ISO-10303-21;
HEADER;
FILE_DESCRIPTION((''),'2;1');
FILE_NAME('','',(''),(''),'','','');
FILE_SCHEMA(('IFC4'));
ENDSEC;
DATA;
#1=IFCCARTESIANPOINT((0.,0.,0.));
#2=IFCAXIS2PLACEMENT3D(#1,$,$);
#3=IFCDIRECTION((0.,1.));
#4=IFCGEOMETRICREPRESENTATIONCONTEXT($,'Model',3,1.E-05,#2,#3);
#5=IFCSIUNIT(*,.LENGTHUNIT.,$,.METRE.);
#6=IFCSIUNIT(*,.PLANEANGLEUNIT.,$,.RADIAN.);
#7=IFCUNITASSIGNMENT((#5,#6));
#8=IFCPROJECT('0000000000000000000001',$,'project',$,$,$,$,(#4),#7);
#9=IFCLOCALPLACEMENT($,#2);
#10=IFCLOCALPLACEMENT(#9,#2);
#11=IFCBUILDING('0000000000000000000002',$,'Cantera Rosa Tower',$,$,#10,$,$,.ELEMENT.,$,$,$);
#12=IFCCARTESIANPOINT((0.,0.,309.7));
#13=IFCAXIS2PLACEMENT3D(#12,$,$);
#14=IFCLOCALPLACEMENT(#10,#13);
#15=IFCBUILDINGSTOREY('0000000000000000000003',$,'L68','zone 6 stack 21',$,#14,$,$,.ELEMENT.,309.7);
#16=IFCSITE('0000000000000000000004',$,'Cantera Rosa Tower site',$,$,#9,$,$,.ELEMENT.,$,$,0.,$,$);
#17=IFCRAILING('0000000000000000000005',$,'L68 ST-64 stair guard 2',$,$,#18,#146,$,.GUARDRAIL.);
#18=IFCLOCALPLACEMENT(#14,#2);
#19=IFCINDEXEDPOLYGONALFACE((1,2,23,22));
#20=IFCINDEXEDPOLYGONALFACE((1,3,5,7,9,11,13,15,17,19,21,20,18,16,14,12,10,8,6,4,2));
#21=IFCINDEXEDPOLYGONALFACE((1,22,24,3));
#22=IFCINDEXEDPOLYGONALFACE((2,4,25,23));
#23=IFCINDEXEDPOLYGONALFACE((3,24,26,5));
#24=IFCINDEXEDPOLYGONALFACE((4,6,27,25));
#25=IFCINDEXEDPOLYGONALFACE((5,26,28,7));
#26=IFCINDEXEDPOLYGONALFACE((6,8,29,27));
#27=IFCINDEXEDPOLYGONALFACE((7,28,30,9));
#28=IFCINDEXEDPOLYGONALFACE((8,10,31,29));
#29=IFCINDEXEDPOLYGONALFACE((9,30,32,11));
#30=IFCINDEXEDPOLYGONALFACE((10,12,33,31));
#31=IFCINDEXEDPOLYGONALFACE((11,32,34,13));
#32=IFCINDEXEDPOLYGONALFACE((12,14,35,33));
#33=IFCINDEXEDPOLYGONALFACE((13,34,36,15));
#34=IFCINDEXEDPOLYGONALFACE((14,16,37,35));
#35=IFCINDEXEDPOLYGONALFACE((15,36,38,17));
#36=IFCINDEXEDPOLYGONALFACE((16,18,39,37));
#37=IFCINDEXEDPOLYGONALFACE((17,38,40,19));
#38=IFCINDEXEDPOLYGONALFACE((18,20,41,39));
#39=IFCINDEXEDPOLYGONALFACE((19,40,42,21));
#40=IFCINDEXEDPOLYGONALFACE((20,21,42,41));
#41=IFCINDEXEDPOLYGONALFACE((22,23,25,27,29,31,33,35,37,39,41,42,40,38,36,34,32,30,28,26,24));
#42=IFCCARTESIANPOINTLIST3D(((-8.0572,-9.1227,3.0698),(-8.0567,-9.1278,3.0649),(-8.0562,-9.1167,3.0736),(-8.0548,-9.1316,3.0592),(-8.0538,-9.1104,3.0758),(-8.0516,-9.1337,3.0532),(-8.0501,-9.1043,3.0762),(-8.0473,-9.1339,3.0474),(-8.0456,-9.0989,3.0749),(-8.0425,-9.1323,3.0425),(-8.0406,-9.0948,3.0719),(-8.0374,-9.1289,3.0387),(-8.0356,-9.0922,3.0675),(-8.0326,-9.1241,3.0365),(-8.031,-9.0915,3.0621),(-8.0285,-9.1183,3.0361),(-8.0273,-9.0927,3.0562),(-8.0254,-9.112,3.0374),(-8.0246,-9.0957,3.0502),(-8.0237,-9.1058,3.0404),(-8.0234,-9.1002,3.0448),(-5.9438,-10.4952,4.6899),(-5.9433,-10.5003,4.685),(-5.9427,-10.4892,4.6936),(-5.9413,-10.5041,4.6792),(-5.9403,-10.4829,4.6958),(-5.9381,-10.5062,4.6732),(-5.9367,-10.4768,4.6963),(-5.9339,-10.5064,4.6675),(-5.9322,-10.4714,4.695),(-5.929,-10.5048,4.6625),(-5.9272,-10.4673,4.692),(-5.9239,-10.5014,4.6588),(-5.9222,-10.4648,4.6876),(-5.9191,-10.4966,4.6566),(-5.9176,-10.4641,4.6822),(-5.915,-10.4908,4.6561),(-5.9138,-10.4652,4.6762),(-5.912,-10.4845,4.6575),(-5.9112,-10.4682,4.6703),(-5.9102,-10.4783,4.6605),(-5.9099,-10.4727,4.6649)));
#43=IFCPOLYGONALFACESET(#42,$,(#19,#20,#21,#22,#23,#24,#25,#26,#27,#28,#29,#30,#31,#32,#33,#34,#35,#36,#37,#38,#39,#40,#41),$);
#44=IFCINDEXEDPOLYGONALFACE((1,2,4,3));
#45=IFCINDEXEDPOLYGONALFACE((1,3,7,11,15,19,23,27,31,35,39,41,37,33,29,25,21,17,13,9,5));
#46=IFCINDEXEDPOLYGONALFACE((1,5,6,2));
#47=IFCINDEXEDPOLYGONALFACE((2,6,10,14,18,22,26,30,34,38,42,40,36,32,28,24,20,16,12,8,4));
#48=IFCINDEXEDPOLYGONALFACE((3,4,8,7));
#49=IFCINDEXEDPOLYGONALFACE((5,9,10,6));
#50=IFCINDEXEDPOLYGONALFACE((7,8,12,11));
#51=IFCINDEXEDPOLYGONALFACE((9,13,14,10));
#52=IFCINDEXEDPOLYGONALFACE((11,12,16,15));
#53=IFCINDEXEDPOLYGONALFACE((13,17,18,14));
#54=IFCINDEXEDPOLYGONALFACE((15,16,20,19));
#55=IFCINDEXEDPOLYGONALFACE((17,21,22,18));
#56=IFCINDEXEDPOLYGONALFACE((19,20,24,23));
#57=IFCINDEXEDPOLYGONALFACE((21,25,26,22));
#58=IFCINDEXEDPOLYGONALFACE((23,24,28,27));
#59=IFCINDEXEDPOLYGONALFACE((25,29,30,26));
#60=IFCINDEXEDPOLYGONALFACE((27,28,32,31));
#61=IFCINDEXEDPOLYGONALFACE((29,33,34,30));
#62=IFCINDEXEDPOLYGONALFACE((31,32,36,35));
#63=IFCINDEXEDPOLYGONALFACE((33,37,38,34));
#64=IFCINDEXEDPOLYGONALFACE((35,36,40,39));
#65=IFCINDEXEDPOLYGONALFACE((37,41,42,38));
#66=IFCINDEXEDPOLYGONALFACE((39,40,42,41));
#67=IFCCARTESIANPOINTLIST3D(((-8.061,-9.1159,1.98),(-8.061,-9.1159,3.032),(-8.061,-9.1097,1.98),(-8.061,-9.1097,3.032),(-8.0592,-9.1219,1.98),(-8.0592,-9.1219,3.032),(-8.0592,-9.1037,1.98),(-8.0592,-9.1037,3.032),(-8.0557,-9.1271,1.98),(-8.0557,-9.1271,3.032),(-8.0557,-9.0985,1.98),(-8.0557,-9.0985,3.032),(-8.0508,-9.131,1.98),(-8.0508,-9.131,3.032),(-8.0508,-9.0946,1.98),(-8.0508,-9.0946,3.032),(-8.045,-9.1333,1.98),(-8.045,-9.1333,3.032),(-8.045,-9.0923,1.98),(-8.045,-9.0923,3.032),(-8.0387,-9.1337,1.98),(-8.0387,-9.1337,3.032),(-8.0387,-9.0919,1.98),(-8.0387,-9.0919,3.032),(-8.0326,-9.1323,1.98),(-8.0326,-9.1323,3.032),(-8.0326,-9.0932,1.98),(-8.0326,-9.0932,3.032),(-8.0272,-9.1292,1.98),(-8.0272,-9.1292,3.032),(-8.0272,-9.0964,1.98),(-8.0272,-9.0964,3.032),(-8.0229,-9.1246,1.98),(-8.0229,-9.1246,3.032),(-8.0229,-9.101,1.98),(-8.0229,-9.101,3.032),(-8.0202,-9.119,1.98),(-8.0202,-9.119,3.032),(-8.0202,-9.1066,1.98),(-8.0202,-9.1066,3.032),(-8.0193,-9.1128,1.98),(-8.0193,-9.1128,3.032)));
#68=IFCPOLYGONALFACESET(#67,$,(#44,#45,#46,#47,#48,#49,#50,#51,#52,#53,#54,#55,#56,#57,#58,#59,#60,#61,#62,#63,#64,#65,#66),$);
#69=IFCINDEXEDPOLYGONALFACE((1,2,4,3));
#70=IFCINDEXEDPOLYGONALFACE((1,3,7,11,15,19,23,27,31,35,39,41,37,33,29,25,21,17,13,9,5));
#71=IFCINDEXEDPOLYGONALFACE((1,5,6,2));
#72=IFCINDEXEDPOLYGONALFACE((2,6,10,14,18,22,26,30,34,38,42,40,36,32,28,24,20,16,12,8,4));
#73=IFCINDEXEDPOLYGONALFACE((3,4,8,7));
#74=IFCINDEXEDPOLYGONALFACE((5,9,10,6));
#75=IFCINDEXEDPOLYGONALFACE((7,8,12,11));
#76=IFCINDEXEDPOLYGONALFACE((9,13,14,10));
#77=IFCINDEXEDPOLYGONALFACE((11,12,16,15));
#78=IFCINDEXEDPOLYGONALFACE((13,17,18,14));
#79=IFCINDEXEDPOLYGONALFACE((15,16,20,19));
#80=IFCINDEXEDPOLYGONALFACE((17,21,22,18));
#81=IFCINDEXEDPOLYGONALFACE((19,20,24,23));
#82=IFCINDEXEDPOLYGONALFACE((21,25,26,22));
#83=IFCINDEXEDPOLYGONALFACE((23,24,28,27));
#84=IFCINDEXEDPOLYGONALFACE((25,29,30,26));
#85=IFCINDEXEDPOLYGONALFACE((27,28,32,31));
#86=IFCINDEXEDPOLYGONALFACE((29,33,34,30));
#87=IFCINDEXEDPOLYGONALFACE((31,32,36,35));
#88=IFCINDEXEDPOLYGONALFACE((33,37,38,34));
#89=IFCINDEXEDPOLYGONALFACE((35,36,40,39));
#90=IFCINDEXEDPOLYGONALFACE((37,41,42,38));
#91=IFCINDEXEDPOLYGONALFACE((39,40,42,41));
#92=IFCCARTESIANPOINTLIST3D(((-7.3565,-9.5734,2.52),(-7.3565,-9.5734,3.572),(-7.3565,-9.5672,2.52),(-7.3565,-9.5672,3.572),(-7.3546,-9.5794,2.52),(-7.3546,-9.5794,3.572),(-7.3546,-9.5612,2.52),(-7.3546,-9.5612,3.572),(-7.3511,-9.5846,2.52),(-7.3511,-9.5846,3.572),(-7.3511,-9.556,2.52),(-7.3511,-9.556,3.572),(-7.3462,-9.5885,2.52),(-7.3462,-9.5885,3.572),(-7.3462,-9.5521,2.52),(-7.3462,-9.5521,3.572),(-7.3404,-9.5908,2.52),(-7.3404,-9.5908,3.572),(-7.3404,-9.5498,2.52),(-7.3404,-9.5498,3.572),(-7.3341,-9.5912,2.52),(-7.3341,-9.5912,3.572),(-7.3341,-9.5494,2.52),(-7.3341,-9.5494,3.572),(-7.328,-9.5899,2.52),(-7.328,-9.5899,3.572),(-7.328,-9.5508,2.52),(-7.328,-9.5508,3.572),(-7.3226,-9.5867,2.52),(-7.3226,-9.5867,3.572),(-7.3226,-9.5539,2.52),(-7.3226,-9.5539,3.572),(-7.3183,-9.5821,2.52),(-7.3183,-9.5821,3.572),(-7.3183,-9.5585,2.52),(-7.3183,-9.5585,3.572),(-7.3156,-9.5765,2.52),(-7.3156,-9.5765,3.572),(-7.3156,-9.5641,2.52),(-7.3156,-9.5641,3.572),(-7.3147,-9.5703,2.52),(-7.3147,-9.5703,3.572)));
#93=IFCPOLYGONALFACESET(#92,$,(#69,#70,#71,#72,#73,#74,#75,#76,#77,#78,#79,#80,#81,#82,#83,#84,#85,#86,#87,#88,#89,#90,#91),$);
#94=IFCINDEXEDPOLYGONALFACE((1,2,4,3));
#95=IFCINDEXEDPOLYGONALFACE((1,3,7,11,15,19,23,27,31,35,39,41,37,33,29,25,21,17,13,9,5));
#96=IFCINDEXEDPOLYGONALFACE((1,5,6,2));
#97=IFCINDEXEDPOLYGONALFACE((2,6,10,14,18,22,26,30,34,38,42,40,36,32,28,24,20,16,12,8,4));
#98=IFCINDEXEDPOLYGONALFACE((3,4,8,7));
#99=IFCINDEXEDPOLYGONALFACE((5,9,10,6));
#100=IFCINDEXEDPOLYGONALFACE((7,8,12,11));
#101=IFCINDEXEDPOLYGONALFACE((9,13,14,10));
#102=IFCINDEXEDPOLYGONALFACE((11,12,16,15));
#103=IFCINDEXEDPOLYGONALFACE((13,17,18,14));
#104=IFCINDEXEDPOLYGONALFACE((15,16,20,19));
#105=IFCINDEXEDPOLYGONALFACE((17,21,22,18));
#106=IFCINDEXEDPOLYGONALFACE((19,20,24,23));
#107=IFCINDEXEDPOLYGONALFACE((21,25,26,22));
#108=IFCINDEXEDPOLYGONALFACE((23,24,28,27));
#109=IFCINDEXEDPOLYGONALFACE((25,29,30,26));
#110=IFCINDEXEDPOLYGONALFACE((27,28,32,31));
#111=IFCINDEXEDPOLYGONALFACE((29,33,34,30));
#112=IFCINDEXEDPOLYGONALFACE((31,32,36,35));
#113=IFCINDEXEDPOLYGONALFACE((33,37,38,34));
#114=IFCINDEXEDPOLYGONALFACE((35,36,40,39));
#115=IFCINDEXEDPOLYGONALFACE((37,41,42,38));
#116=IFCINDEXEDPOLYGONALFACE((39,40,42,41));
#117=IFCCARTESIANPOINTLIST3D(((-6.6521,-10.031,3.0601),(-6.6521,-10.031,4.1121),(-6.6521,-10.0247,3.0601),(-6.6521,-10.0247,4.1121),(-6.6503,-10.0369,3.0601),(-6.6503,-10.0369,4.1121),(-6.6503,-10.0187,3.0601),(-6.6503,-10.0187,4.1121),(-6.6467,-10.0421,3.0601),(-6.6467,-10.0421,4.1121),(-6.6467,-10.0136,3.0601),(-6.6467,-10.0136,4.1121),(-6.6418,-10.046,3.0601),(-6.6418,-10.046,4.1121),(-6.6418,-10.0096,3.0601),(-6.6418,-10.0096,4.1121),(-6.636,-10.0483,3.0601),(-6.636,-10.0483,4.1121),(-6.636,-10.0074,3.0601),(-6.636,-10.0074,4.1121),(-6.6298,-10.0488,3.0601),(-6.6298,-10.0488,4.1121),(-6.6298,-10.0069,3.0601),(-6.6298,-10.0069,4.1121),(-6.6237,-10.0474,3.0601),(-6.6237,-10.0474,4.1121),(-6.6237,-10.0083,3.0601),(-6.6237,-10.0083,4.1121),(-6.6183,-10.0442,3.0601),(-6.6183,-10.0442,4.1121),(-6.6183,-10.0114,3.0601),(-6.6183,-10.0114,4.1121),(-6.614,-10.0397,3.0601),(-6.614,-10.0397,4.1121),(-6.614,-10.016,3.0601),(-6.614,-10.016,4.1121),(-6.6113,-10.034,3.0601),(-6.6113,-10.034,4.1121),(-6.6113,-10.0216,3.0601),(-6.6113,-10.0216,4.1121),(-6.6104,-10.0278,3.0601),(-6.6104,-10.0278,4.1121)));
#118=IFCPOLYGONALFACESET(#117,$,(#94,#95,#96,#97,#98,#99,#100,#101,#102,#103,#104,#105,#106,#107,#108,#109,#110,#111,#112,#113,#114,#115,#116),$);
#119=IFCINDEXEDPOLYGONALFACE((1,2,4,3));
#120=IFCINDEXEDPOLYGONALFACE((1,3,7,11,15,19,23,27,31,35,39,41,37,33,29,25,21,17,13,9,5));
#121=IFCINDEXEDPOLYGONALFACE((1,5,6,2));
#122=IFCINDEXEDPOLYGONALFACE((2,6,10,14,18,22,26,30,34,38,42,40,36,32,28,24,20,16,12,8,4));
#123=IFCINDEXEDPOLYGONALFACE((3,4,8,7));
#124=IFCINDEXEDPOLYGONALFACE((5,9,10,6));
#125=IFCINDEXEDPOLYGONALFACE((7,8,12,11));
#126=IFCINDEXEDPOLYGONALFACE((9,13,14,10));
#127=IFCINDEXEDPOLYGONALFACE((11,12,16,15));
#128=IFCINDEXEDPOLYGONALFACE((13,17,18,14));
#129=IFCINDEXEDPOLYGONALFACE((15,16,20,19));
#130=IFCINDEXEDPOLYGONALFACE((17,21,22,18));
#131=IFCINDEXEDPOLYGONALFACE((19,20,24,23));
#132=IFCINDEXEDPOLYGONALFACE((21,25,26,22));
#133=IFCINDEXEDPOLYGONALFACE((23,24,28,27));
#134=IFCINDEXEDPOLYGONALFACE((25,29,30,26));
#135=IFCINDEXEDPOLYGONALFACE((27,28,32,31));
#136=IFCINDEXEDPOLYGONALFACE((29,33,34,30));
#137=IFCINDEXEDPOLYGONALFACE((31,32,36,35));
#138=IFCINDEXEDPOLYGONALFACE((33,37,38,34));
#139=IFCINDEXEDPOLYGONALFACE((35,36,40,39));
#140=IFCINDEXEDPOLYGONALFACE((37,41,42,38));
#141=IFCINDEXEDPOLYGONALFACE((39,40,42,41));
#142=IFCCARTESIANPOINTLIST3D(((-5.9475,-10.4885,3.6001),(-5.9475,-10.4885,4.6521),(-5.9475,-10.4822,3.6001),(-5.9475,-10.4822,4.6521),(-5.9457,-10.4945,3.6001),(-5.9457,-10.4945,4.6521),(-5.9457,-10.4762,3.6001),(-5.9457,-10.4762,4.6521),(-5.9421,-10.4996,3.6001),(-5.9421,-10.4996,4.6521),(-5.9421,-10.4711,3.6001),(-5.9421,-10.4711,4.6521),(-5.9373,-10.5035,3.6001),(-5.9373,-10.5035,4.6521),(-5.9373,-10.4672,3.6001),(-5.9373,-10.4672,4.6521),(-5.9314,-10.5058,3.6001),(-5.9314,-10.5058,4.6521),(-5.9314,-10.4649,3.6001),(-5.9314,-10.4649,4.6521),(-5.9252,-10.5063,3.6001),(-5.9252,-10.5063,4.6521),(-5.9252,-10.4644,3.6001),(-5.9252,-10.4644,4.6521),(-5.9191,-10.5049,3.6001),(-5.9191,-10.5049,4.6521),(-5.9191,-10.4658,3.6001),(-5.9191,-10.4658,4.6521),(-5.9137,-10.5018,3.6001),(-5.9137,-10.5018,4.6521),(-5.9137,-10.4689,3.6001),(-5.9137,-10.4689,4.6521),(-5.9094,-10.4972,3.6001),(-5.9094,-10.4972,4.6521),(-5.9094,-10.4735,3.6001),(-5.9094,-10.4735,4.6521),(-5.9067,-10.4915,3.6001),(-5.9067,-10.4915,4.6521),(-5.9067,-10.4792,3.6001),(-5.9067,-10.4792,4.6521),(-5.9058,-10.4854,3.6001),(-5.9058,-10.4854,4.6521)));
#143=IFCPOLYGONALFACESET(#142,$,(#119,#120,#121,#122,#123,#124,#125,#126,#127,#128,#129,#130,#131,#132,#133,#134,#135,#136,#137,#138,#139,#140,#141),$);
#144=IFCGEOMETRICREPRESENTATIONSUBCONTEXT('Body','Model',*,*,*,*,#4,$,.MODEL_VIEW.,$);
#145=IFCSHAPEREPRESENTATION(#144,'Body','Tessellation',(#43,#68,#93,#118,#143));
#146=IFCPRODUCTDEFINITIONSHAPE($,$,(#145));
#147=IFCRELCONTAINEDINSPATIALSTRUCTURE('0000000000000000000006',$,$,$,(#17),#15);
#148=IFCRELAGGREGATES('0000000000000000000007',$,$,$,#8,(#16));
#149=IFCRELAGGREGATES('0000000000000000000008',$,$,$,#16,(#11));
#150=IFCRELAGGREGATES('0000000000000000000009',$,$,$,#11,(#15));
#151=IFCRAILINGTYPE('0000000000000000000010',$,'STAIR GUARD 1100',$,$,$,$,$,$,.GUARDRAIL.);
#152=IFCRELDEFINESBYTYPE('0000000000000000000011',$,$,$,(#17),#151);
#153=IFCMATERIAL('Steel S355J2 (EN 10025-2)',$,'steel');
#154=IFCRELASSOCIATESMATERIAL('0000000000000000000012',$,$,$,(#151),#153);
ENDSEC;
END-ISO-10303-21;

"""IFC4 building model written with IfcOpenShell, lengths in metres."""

from ifc_helpers import new_model, si_unit, direction, frame, origin, origin_2d, place, context, subcontext, project, spatial, circle, extrude, material, type_object, element, save


model = new_model("IFC4")

# Units and contexts
model_context = context("Model", 3, precision=1e-05, world=origin(), true_north=direction((0.0, 1.0)))
body_context = subcontext(model_context, "Body", "Model", "MODEL_VIEW")
ifc_project = project(units=[si_unit("LENGTHUNIT", "METRE"), si_unit("PLANEANGLEUNIT", "RADIAN")], contexts=[model_context])

# Site, building, storey
site_placement = place(None, origin())
site = spatial("IfcSite", under=ifc_project, at=site_placement, Name="Cantera Rosa Tower site", CompositionType="ELEMENT", RefElevation=0.0)
building_placement = place(site_placement, origin())
building = spatial("IfcBuilding", under=site, at=building_placement, Name="Cantera Rosa Tower", CompositionType="ELEMENT")
storey_placement = place(building_placement, frame((0.0, 0.0, 309.7)))
storey = spatial("IfcBuildingStorey", under=building, at=storey_placement, Name="L68", Description="zone 6 stack 21", CompositionType="ELEMENT", Elevation=309.7)

# Railing
ifc_material_1 = material(Name="Steel S355J2 (EN 10025-2)", Category="steel")
railing_type_1 = type_object("IfcRailingType", Name="STAIR GUARD 1100", PredefinedType="GUARDRAIL", material=ifc_material_1)
railing_1_placement = place(storey_placement, frame((-8.0403, -9.1128, 1.98)))
element("IfcRailing", 1, at=railing_1_placement, inside=storey, type_object=railing_type_1, Name="L68 ST-64 stair guard 2", PredefinedType="GUARDRAIL", context=body_context, shape_type="SweptSolid", body=[
    extrude(circle(Radius=0.0239, at=origin_2d()), frame((0.0, 0.0, 1.0762), z_axis=(0.705462, -0.458139, 0.54077), x_axis=(0.544644, 0.838667, 0.0)), (0.0, 0.0, 1.0), 2.9958),
    extrude(circle(Radius=0.021, at=origin_2d()), origin(), (0.0, 0.0, 1.0), 1.052),
    extrude(circle(Radius=0.021, at=origin_2d()), frame((0.7046, -0.4575, 0.54)), (0.0, 0.0, 1.0), 1.052),
    extrude(circle(Radius=0.021, at=origin_2d()), frame((1.4089, -0.915, 1.0801)), (0.0, 0.0, 1.0), 1.052),
    extrude(circle(Radius=0.021, at=origin_2d()), frame((2.1135, -1.3726, 1.6201)), (0.0, 0.0, 1.0), 1.052),
])

save(model, "model.ifc")
